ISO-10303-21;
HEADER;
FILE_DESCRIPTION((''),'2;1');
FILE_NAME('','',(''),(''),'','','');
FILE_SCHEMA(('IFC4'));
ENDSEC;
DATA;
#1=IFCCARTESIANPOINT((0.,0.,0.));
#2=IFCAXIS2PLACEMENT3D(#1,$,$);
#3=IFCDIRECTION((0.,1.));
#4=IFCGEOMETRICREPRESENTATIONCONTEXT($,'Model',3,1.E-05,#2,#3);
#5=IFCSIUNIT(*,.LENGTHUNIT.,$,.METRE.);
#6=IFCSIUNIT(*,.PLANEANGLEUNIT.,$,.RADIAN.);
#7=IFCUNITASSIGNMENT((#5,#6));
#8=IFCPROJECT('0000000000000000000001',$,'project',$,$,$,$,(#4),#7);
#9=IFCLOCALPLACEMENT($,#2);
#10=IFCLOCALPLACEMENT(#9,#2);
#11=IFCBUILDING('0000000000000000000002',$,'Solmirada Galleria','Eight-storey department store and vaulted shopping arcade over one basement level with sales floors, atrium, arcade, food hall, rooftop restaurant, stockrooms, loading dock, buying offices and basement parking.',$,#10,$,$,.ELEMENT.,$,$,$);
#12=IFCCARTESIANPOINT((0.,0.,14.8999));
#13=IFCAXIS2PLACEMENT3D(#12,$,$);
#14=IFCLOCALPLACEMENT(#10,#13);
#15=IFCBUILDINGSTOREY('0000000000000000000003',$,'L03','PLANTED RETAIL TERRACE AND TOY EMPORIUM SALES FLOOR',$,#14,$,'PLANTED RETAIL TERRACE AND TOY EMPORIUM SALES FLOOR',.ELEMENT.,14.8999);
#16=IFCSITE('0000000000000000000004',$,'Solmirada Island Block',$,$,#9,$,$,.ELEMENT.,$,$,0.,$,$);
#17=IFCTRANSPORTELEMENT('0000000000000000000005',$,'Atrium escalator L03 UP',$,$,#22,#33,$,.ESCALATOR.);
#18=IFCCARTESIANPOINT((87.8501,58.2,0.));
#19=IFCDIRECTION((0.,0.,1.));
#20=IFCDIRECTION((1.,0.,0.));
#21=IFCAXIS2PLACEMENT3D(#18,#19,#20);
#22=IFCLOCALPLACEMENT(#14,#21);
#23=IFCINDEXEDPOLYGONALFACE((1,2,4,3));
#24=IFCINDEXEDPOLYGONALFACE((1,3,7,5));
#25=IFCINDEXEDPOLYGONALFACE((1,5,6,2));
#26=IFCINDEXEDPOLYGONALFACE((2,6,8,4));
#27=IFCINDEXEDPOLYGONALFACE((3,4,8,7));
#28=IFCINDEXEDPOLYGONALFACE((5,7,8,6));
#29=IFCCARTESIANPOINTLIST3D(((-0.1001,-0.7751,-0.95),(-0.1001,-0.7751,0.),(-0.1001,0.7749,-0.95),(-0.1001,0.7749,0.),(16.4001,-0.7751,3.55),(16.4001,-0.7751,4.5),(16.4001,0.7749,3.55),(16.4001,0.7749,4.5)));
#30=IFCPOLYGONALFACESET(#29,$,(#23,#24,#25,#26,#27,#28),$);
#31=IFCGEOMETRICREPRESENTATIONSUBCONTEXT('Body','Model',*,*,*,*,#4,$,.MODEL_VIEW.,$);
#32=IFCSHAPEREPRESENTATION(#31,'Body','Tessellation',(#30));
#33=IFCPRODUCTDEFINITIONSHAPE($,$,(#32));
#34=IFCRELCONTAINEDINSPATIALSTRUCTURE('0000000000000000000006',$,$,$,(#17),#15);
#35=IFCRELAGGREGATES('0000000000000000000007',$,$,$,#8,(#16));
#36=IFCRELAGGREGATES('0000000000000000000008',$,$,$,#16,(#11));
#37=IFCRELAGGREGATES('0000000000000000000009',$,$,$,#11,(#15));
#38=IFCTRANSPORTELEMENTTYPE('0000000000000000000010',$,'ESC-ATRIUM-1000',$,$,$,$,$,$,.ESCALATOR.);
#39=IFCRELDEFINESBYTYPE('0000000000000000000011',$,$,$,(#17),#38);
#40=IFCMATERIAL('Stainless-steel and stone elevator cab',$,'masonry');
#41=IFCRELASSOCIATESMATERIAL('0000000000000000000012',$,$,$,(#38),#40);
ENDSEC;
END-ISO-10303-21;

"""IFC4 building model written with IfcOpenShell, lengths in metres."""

from ifc_helpers import new_model, si_unit, direction, frame, origin, place, context, subcontext, project, spatial, polyline, outline, extrude, material, type_object, element, save


model = new_model("IFC4")

# Units and contexts
model_context = context("Model", 3, precision=1e-05, world=origin(), true_north=direction((0.0, 1.0)))
body_context = subcontext(model_context, "Body", "Model", "MODEL_VIEW")
ifc_project = project(units=[si_unit("LENGTHUNIT", "METRE"), si_unit("PLANEANGLEUNIT", "RADIAN")], contexts=[model_context])

# Site, building, storey
site_placement = place(None, origin())
site = spatial("IfcSite", under=ifc_project, at=site_placement, Name="Solmirada Island Block", CompositionType="ELEMENT", RefElevation=0.0)
building_placement = place(site_placement, origin())
building = spatial("IfcBuilding", under=site, at=building_placement, Name="Solmirada Galleria", Description="Eight-storey department store and vaulted shopping arcade over one basement level with sales floors, atrium, arcade, food hall, rooftop restaurant, stockrooms, loading dock, buying offices and basement parking.", CompositionType="ELEMENT")
storey_placement = place(building_placement, frame((0.0, 0.0, 14.8999)))
storey = spatial("IfcBuildingStorey", under=building, at=storey_placement, Name="L03", Description="PLANTED RETAIL TERRACE AND TOY EMPORIUM SALES FLOOR", LongName="PLANTED RETAIL TERRACE AND TOY EMPORIUM SALES FLOOR", CompositionType="ELEMENT", Elevation=14.8999)

# Transport element
ifc_material_1 = material(Name="Stainless-steel and stone elevator cab", Category="masonry")
transport_element_type = type_object("IfcTransportElementType", Name="ESC-ATRIUM-1000", PredefinedType="ESCALATOR", material=ifc_material_1)
transport_element_placement = place(storey_placement, frame((87.8501, 58.2, 0.0), z_axis=(0.0, 0.0, 1.0), x_axis=(1.0, 0.0, 0.0)))
element("IfcTransportElement", 1, at=transport_element_placement, inside=storey, type_object=transport_element_type, Name="Atrium escalator L03 UP", PredefinedType="ESCALATOR", context=body_context, shape_type="SweptSolid", body=[
    extrude(outline(polyline([(-0.1001, 0.0), (16.4001, 4.5), (16.4001, 3.55), (-0.1001, -0.95), (-0.1001, 0.0)])), frame((0.0, 0.7749, 0.0), z_axis=(0.0, -1.0, 0.0), x_axis=(1.0, 0.0, 0.0)), (0.0, 0.0, 1.0), 1.55),
])

save(model, "model.ifc")
